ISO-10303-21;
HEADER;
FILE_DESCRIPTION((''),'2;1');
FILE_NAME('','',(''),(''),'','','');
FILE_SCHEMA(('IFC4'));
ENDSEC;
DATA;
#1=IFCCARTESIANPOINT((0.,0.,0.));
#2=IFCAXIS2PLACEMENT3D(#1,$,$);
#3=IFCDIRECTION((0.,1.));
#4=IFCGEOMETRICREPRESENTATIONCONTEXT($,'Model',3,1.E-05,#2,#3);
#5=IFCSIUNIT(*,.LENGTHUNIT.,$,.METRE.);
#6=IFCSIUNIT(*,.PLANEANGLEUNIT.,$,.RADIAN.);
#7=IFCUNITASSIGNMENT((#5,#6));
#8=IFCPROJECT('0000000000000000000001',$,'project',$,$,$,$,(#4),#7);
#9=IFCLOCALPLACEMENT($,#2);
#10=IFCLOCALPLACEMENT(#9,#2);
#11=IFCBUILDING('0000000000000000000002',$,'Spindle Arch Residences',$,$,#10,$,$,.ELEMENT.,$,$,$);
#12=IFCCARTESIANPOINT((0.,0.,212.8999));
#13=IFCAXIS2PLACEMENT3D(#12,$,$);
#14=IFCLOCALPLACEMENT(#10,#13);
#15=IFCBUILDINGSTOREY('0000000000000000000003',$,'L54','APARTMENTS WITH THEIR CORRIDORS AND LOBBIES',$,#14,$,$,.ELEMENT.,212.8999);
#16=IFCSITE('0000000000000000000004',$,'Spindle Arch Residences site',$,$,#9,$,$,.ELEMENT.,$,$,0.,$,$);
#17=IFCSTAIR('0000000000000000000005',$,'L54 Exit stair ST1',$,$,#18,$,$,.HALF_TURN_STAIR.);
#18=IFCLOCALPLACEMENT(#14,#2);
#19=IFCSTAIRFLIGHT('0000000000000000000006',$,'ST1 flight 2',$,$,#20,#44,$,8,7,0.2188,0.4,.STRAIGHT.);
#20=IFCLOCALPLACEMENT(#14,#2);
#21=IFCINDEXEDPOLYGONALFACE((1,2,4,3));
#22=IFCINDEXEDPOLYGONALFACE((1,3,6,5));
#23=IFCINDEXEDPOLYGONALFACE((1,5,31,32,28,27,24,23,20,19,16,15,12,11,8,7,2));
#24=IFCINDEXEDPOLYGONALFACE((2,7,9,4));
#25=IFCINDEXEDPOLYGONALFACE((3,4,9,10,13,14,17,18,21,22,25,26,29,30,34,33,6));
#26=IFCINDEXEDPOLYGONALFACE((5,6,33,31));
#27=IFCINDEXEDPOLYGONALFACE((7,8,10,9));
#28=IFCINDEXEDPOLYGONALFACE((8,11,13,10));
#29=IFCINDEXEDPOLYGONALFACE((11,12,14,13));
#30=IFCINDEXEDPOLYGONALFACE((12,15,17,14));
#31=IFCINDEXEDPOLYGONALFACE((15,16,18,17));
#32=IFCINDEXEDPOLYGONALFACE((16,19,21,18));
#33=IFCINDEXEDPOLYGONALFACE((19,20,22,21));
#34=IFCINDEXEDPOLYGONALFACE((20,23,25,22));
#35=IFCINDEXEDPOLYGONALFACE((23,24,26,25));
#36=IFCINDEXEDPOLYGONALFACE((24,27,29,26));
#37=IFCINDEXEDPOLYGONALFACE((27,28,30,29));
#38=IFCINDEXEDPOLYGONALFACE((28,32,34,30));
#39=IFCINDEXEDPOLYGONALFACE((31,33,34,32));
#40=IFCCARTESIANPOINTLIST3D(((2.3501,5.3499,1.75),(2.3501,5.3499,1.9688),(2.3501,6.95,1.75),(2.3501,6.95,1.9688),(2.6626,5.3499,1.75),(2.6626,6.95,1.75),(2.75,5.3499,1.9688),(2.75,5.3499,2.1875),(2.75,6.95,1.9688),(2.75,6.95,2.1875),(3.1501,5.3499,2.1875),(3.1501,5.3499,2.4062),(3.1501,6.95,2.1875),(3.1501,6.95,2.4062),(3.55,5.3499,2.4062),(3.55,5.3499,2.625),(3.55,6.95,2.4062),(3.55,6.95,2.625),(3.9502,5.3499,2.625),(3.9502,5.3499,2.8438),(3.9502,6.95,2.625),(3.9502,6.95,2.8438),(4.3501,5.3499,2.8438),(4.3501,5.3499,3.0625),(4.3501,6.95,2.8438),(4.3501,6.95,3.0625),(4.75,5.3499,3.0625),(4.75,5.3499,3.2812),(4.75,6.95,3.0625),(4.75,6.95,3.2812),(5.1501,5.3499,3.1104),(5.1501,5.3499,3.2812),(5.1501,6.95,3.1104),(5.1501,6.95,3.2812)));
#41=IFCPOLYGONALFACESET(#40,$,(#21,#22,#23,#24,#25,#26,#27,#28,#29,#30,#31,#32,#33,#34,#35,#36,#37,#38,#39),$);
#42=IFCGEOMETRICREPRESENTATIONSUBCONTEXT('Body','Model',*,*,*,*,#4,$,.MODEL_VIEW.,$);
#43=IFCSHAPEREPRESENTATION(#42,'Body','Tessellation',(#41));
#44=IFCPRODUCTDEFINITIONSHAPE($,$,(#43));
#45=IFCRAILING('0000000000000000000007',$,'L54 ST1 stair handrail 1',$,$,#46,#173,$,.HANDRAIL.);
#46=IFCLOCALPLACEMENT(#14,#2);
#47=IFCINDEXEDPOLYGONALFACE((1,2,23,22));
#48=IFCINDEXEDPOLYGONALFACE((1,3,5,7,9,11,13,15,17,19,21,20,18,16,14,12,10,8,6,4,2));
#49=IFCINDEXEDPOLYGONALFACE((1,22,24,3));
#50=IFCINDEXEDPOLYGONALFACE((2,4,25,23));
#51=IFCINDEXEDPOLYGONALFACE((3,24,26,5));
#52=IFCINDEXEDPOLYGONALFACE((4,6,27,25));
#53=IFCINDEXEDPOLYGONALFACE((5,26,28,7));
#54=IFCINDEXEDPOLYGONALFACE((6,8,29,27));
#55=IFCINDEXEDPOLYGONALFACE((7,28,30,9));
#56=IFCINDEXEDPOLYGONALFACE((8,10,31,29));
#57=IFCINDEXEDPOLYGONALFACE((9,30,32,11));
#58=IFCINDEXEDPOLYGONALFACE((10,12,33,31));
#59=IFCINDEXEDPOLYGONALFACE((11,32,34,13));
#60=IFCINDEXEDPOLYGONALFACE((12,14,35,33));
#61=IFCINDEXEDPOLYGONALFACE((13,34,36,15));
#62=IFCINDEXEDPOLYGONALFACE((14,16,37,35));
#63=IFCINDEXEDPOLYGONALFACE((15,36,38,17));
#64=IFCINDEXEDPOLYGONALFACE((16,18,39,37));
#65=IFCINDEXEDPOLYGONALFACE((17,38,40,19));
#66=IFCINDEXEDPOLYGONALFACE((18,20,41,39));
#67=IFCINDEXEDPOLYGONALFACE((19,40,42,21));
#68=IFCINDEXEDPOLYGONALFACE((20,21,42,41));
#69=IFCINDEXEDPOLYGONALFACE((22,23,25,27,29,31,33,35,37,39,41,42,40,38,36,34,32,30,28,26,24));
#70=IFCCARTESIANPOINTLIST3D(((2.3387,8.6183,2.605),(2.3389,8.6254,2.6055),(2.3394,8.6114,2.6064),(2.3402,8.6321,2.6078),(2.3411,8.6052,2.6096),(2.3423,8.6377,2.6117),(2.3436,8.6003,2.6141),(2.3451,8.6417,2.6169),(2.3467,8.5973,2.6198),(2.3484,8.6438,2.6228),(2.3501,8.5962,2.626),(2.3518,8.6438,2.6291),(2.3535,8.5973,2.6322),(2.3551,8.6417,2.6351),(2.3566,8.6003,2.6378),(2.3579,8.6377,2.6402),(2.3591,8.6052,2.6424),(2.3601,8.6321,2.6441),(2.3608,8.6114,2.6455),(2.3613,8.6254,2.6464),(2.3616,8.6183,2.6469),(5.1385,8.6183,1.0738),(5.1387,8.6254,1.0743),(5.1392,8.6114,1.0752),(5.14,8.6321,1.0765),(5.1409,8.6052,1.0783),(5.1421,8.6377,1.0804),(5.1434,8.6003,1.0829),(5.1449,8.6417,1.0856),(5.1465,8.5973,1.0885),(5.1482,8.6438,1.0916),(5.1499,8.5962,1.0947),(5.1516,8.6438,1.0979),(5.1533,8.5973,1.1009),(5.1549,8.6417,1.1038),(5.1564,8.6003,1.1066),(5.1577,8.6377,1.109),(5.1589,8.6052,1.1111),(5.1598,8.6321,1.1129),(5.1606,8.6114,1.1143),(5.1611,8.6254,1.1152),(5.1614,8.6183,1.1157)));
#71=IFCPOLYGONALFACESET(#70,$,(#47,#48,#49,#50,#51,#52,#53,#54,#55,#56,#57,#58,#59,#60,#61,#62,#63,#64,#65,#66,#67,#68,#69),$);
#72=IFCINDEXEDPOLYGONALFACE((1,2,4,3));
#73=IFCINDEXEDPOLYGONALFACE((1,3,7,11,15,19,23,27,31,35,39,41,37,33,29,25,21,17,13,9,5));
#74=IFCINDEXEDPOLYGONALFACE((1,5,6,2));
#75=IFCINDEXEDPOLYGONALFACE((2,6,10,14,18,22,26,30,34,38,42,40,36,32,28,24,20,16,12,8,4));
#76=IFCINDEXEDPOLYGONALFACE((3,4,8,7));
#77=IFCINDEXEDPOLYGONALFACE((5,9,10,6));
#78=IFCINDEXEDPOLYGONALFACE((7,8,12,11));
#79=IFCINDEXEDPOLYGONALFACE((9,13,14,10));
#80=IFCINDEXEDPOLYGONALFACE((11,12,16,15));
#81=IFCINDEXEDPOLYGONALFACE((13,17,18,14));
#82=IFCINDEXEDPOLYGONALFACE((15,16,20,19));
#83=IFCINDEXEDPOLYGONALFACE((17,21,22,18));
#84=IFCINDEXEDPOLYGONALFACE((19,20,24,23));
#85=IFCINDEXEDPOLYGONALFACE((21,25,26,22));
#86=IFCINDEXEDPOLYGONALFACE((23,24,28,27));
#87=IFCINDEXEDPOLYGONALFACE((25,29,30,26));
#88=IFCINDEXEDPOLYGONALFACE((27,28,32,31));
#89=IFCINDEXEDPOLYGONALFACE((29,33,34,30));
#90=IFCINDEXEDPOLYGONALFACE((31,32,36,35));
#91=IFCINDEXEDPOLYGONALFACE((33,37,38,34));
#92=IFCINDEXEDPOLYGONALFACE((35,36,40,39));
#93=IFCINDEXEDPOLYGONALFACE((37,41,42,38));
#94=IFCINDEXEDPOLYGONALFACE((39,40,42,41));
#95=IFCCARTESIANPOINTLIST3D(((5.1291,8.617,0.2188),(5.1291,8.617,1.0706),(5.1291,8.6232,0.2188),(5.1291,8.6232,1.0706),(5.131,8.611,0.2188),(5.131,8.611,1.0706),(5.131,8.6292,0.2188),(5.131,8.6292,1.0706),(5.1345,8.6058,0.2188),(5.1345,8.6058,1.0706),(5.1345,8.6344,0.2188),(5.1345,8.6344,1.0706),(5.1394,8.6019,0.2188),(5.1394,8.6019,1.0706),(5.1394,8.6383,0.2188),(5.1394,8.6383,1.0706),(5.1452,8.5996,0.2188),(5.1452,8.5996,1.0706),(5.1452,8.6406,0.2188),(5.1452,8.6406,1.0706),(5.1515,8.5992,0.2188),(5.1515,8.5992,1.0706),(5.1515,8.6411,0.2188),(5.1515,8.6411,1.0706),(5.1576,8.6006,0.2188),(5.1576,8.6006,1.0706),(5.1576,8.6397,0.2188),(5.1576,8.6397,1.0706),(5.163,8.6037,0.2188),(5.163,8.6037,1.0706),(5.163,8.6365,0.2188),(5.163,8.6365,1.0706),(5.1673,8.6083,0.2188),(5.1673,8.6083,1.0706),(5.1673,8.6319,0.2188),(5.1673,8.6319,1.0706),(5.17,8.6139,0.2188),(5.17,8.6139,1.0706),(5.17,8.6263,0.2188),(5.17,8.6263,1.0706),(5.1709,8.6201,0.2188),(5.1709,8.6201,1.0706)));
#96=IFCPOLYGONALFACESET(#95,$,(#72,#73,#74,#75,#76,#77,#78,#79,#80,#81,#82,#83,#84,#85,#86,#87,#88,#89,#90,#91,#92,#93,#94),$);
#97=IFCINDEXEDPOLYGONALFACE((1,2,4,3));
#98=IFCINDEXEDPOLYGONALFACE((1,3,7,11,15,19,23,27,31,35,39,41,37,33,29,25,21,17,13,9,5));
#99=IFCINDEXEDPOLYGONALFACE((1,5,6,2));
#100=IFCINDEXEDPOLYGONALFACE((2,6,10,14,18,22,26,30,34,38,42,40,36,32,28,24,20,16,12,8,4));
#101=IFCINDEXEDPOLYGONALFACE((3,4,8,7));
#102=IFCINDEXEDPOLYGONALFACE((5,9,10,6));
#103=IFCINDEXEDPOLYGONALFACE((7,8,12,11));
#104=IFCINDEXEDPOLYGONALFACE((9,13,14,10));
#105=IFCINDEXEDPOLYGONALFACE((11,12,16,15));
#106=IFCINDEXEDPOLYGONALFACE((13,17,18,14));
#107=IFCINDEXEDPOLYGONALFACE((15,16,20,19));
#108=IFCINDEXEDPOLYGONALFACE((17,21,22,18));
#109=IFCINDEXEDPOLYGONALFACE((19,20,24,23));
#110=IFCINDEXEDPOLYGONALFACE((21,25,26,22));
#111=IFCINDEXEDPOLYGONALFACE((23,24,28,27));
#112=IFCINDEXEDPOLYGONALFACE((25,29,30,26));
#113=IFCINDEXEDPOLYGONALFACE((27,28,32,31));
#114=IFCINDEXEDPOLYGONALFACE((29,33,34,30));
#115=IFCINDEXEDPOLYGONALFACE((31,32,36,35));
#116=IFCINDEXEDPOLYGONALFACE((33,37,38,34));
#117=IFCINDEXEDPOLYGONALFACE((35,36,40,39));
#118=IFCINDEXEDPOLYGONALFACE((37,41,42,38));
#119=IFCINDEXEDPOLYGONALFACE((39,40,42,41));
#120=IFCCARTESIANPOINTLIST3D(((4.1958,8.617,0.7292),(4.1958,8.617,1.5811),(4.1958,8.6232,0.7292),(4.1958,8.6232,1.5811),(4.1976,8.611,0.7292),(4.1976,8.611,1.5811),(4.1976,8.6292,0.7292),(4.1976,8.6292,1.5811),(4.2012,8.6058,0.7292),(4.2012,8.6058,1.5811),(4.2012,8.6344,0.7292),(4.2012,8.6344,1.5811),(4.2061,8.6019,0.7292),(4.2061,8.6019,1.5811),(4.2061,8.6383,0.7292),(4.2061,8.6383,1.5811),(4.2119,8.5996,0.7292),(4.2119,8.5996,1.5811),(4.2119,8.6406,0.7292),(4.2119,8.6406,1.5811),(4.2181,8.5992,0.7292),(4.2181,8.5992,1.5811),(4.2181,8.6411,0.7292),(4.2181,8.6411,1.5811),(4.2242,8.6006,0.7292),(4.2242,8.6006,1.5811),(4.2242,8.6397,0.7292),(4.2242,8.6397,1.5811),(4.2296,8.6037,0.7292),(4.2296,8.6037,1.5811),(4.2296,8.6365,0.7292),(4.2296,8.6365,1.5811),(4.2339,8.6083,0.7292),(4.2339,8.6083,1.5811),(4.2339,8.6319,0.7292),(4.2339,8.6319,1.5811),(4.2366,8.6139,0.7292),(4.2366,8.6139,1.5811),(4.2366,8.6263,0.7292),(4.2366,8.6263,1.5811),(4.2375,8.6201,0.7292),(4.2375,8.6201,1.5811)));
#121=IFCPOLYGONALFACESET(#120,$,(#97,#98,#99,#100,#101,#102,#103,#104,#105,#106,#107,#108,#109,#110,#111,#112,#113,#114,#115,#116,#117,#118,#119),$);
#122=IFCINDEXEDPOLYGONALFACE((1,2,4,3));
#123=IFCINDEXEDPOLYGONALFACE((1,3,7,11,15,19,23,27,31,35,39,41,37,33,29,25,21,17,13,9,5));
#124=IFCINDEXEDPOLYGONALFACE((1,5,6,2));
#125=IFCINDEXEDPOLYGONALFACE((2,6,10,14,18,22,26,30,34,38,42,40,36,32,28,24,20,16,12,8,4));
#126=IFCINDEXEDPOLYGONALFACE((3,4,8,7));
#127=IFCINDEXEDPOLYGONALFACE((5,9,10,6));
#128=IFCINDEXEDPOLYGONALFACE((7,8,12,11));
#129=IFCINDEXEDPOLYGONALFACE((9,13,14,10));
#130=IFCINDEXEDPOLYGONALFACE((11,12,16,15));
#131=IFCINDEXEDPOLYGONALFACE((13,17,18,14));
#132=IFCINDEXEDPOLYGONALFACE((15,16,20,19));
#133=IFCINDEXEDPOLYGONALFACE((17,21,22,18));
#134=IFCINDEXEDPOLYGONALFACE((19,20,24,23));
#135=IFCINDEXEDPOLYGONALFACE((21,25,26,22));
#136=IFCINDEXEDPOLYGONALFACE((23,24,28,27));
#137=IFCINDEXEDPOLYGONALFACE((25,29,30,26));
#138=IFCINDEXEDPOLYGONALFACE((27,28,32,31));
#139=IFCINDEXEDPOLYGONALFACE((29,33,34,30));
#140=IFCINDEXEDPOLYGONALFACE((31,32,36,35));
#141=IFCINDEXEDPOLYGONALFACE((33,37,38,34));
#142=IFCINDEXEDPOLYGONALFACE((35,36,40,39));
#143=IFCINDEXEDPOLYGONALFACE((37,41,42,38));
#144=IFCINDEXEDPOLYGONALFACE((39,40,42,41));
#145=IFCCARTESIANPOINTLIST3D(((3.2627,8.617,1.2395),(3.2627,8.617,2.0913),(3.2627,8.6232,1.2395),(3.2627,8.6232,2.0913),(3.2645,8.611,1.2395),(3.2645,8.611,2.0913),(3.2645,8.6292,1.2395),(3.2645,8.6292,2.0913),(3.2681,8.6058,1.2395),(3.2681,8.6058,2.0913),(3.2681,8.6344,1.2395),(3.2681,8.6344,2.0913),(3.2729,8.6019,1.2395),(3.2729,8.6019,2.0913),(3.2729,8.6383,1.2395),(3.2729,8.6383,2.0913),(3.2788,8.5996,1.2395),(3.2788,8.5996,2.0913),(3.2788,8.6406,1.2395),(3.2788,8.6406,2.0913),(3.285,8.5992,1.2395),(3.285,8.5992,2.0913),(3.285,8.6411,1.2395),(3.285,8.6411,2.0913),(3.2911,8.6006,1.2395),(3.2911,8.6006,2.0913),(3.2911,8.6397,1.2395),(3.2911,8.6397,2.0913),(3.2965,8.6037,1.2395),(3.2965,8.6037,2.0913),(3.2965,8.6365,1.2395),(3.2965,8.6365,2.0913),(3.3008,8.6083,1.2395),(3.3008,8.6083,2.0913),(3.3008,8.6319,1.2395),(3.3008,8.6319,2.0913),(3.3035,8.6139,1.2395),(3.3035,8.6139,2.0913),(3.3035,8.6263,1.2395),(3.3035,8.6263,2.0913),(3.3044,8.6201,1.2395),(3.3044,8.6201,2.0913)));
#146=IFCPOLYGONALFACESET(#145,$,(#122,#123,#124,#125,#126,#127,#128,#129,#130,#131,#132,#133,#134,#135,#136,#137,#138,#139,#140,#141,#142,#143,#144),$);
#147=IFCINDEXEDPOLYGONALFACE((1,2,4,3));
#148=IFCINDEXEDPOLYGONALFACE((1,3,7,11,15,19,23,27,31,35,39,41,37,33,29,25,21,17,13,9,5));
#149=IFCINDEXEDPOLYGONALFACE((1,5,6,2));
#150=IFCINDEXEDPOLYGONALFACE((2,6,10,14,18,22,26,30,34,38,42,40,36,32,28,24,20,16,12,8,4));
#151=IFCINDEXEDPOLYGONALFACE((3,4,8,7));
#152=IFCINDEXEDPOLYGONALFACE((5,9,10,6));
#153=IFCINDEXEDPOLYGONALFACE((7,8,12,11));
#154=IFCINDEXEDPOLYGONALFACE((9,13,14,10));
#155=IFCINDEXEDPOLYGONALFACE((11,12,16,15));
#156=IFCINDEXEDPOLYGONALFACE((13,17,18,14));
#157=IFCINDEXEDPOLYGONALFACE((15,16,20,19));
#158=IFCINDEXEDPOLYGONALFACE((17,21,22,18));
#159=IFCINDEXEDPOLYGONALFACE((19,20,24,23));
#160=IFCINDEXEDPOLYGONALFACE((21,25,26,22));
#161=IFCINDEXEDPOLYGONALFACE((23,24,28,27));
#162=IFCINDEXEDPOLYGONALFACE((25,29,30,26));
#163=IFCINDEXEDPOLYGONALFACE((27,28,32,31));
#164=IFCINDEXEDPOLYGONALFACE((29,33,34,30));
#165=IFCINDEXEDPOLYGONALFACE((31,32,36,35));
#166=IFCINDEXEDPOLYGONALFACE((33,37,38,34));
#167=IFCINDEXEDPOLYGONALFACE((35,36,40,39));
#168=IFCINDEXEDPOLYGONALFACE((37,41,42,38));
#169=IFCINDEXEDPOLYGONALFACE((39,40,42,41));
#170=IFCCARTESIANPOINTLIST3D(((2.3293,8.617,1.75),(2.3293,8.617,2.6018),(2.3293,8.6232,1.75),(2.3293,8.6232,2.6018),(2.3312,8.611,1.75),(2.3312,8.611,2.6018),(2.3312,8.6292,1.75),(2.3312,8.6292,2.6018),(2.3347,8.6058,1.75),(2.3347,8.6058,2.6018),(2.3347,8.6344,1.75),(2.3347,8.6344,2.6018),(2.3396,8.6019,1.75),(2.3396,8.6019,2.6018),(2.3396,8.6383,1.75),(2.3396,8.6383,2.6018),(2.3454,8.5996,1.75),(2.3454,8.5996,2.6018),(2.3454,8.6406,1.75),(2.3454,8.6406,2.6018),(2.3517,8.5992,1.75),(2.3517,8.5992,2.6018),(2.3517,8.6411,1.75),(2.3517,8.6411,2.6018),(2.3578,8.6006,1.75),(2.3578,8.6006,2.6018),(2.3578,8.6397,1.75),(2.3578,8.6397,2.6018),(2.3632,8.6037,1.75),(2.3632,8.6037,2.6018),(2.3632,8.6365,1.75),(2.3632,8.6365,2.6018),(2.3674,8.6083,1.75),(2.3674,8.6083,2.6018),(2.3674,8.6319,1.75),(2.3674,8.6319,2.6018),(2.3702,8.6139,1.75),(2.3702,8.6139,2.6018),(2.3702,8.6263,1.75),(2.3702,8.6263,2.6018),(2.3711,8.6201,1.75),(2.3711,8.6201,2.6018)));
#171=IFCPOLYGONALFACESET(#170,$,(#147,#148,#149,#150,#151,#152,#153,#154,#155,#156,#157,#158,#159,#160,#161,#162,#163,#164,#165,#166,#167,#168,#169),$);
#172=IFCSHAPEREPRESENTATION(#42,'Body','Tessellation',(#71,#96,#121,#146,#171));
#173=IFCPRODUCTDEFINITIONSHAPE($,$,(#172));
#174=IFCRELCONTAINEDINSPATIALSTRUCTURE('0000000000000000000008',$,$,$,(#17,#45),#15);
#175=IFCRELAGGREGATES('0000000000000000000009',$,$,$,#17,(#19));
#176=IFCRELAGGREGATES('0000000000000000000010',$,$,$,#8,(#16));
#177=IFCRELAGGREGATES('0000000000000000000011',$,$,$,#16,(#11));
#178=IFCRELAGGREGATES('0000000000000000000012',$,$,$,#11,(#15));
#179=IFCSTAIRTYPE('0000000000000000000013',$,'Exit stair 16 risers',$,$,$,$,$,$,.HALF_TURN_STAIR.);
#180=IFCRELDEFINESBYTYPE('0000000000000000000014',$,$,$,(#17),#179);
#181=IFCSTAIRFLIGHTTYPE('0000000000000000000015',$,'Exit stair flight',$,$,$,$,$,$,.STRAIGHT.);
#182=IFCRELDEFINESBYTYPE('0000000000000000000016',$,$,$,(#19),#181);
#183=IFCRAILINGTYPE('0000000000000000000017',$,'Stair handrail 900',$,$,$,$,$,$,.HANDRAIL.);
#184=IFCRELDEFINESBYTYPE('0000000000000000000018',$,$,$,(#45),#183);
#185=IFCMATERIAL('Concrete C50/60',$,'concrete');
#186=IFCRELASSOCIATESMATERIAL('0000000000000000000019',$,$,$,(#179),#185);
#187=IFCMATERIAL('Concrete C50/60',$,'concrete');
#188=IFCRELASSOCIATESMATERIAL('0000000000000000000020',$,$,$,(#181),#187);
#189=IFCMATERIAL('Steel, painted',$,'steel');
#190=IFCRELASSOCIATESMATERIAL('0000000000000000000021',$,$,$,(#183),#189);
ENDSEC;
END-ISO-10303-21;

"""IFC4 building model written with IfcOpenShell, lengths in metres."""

from ifc_helpers import new_model, si_unit, direction, frame, origin, origin_2d, place, context, subcontext, project, spatial, polyline, circle, outline, extrude, material, type_object, element, aggregate, save


model = new_model("IFC4")

# Units and contexts
model_context = context("Model", 3, precision=1e-05, world=origin(), true_north=direction((0.0, 1.0)))
body_context = subcontext(model_context, "Body", "Model", "MODEL_VIEW")
ifc_project = project(units=[si_unit("LENGTHUNIT", "METRE"), si_unit("PLANEANGLEUNIT", "RADIAN")], contexts=[model_context])

# Site, building, storey
site_placement = place(None, origin())
site = spatial("IfcSite", under=ifc_project, at=site_placement, Name="Spindle Arch Residences site", CompositionType="ELEMENT", RefElevation=0.0)
building_placement = place(site_placement, origin())
building = spatial("IfcBuilding", under=site, at=building_placement, Name="Spindle Arch Residences", CompositionType="ELEMENT")
storey_placement = place(building_placement, frame((0.0, 0.0, 212.8999)))
storey = spatial("IfcBuildingStorey", under=building, at=storey_placement, Name="L54", Description="APARTMENTS WITH THEIR CORRIDORS AND LOBBIES", CompositionType="ELEMENT", Elevation=212.8999)

# Stair, stair flight
ifc_material_1 = material(Name="Concrete C50/60", Category="concrete")
stair_type = type_object("IfcStairType", Name="Exit stair 16 risers", PredefinedType="HALF_TURN_STAIR", material=ifc_material_1)
stair_placement = place(storey_placement, origin())
stair = element("IfcStair", 1, at=stair_placement, inside=storey, type_object=stair_type, Name="L54 Exit stair ST1", PredefinedType="HALF_TURN_STAIR")
ifc_material_2 = material(Name="Concrete C50/60", Category="concrete")
stair_flight_type = type_object("IfcStairFlightType", Name="Exit stair flight", PredefinedType="STRAIGHT", material=ifc_material_2)
stair_flight_1_placement = place(storey_placement, frame((2.3501, 6.1499, 1.75), z_axis=(0.0, 0.0, 1.0), x_axis=(1.0, 0.0, 0.0)))
stair_flight_1 = element("IfcStairFlight", 2, at=stair_flight_1_placement, type_object=stair_flight_type, Name="ST1 flight 2", NumberOfRisers=8, NumberOfTreads=7, PredefinedType="STRAIGHT", RiserHeight=0.2188, TreadLength=0.4, context=body_context, shape_type="SweptSolid", body=[
    extrude(outline(polyline([(0.0, 0.0), (0.0, 0.2188), (0.3999, 0.2188), (0.3999, 0.4375), (0.8, 0.4375), (0.8, 0.6562), (1.2, 0.6562), (1.2, 0.875), (1.6001, 0.875), (1.6001, 1.0938), (2.0, 1.0938), (2.0, 1.3125), (2.3999, 1.3125), (2.3999, 1.5312), (2.8, 1.5312), (2.8, 1.75), (2.8, 1.3604), (0.3125, 0.0), (0.0, 0.0)])), frame((0.0, 0.8, 0.0), z_axis=(0.0, -1.0, 0.0), x_axis=(1.0, 0.0, 0.0)), (0.0, 0.0, 1.0), 1.6001),
])
aggregate(stair, [stair_flight_1])

# Railing
ifc_material_3 = material(Name="Steel, painted", Category="steel")
railing_type_1 = type_object("IfcRailingType", Name="Stair handrail 900", PredefinedType="HANDRAIL", material=ifc_material_3)
railing_1_placement = place(storey_placement, frame((5.1499, 8.6201, 0.2188)))
element("IfcRailing", 3, at=railing_1_placement, inside=storey, type_object=railing_type_1, Name="L54 ST1 stair handrail 1", PredefinedType="HANDRAIL", context=body_context, shape_type="SweptSolid", body=[
    extrude(circle(Radius=0.0239, at=origin_2d()), frame((0.0, 0.0, 0.876), z_axis=(-0.877357, 0.0, 0.479838), x_axis=(0.0, -1.0, 0.0)), (0.0, 0.0, 1.0), 3.1912),
    extrude(circle(Radius=0.021, at=origin_2d()), origin(), (0.0, 0.0, 1.0), 0.8518),
    extrude(circle(Radius=0.021, at=origin_2d()), frame((-0.9333, 0.0, 0.5105)), (0.0, 0.0, 1.0), 0.8518),
    extrude(circle(Radius=0.021, at=origin_2d()), frame((-1.8665, 0.0, 1.0208)), (0.0, 0.0, 1.0), 0.8518),
    extrude(circle(Radius=0.021, at=origin_2d()), frame((-2.7998, 0.0, 1.5312)), (0.0, 0.0, 1.0), 0.8518),
])

save(model, "model.ifc")
